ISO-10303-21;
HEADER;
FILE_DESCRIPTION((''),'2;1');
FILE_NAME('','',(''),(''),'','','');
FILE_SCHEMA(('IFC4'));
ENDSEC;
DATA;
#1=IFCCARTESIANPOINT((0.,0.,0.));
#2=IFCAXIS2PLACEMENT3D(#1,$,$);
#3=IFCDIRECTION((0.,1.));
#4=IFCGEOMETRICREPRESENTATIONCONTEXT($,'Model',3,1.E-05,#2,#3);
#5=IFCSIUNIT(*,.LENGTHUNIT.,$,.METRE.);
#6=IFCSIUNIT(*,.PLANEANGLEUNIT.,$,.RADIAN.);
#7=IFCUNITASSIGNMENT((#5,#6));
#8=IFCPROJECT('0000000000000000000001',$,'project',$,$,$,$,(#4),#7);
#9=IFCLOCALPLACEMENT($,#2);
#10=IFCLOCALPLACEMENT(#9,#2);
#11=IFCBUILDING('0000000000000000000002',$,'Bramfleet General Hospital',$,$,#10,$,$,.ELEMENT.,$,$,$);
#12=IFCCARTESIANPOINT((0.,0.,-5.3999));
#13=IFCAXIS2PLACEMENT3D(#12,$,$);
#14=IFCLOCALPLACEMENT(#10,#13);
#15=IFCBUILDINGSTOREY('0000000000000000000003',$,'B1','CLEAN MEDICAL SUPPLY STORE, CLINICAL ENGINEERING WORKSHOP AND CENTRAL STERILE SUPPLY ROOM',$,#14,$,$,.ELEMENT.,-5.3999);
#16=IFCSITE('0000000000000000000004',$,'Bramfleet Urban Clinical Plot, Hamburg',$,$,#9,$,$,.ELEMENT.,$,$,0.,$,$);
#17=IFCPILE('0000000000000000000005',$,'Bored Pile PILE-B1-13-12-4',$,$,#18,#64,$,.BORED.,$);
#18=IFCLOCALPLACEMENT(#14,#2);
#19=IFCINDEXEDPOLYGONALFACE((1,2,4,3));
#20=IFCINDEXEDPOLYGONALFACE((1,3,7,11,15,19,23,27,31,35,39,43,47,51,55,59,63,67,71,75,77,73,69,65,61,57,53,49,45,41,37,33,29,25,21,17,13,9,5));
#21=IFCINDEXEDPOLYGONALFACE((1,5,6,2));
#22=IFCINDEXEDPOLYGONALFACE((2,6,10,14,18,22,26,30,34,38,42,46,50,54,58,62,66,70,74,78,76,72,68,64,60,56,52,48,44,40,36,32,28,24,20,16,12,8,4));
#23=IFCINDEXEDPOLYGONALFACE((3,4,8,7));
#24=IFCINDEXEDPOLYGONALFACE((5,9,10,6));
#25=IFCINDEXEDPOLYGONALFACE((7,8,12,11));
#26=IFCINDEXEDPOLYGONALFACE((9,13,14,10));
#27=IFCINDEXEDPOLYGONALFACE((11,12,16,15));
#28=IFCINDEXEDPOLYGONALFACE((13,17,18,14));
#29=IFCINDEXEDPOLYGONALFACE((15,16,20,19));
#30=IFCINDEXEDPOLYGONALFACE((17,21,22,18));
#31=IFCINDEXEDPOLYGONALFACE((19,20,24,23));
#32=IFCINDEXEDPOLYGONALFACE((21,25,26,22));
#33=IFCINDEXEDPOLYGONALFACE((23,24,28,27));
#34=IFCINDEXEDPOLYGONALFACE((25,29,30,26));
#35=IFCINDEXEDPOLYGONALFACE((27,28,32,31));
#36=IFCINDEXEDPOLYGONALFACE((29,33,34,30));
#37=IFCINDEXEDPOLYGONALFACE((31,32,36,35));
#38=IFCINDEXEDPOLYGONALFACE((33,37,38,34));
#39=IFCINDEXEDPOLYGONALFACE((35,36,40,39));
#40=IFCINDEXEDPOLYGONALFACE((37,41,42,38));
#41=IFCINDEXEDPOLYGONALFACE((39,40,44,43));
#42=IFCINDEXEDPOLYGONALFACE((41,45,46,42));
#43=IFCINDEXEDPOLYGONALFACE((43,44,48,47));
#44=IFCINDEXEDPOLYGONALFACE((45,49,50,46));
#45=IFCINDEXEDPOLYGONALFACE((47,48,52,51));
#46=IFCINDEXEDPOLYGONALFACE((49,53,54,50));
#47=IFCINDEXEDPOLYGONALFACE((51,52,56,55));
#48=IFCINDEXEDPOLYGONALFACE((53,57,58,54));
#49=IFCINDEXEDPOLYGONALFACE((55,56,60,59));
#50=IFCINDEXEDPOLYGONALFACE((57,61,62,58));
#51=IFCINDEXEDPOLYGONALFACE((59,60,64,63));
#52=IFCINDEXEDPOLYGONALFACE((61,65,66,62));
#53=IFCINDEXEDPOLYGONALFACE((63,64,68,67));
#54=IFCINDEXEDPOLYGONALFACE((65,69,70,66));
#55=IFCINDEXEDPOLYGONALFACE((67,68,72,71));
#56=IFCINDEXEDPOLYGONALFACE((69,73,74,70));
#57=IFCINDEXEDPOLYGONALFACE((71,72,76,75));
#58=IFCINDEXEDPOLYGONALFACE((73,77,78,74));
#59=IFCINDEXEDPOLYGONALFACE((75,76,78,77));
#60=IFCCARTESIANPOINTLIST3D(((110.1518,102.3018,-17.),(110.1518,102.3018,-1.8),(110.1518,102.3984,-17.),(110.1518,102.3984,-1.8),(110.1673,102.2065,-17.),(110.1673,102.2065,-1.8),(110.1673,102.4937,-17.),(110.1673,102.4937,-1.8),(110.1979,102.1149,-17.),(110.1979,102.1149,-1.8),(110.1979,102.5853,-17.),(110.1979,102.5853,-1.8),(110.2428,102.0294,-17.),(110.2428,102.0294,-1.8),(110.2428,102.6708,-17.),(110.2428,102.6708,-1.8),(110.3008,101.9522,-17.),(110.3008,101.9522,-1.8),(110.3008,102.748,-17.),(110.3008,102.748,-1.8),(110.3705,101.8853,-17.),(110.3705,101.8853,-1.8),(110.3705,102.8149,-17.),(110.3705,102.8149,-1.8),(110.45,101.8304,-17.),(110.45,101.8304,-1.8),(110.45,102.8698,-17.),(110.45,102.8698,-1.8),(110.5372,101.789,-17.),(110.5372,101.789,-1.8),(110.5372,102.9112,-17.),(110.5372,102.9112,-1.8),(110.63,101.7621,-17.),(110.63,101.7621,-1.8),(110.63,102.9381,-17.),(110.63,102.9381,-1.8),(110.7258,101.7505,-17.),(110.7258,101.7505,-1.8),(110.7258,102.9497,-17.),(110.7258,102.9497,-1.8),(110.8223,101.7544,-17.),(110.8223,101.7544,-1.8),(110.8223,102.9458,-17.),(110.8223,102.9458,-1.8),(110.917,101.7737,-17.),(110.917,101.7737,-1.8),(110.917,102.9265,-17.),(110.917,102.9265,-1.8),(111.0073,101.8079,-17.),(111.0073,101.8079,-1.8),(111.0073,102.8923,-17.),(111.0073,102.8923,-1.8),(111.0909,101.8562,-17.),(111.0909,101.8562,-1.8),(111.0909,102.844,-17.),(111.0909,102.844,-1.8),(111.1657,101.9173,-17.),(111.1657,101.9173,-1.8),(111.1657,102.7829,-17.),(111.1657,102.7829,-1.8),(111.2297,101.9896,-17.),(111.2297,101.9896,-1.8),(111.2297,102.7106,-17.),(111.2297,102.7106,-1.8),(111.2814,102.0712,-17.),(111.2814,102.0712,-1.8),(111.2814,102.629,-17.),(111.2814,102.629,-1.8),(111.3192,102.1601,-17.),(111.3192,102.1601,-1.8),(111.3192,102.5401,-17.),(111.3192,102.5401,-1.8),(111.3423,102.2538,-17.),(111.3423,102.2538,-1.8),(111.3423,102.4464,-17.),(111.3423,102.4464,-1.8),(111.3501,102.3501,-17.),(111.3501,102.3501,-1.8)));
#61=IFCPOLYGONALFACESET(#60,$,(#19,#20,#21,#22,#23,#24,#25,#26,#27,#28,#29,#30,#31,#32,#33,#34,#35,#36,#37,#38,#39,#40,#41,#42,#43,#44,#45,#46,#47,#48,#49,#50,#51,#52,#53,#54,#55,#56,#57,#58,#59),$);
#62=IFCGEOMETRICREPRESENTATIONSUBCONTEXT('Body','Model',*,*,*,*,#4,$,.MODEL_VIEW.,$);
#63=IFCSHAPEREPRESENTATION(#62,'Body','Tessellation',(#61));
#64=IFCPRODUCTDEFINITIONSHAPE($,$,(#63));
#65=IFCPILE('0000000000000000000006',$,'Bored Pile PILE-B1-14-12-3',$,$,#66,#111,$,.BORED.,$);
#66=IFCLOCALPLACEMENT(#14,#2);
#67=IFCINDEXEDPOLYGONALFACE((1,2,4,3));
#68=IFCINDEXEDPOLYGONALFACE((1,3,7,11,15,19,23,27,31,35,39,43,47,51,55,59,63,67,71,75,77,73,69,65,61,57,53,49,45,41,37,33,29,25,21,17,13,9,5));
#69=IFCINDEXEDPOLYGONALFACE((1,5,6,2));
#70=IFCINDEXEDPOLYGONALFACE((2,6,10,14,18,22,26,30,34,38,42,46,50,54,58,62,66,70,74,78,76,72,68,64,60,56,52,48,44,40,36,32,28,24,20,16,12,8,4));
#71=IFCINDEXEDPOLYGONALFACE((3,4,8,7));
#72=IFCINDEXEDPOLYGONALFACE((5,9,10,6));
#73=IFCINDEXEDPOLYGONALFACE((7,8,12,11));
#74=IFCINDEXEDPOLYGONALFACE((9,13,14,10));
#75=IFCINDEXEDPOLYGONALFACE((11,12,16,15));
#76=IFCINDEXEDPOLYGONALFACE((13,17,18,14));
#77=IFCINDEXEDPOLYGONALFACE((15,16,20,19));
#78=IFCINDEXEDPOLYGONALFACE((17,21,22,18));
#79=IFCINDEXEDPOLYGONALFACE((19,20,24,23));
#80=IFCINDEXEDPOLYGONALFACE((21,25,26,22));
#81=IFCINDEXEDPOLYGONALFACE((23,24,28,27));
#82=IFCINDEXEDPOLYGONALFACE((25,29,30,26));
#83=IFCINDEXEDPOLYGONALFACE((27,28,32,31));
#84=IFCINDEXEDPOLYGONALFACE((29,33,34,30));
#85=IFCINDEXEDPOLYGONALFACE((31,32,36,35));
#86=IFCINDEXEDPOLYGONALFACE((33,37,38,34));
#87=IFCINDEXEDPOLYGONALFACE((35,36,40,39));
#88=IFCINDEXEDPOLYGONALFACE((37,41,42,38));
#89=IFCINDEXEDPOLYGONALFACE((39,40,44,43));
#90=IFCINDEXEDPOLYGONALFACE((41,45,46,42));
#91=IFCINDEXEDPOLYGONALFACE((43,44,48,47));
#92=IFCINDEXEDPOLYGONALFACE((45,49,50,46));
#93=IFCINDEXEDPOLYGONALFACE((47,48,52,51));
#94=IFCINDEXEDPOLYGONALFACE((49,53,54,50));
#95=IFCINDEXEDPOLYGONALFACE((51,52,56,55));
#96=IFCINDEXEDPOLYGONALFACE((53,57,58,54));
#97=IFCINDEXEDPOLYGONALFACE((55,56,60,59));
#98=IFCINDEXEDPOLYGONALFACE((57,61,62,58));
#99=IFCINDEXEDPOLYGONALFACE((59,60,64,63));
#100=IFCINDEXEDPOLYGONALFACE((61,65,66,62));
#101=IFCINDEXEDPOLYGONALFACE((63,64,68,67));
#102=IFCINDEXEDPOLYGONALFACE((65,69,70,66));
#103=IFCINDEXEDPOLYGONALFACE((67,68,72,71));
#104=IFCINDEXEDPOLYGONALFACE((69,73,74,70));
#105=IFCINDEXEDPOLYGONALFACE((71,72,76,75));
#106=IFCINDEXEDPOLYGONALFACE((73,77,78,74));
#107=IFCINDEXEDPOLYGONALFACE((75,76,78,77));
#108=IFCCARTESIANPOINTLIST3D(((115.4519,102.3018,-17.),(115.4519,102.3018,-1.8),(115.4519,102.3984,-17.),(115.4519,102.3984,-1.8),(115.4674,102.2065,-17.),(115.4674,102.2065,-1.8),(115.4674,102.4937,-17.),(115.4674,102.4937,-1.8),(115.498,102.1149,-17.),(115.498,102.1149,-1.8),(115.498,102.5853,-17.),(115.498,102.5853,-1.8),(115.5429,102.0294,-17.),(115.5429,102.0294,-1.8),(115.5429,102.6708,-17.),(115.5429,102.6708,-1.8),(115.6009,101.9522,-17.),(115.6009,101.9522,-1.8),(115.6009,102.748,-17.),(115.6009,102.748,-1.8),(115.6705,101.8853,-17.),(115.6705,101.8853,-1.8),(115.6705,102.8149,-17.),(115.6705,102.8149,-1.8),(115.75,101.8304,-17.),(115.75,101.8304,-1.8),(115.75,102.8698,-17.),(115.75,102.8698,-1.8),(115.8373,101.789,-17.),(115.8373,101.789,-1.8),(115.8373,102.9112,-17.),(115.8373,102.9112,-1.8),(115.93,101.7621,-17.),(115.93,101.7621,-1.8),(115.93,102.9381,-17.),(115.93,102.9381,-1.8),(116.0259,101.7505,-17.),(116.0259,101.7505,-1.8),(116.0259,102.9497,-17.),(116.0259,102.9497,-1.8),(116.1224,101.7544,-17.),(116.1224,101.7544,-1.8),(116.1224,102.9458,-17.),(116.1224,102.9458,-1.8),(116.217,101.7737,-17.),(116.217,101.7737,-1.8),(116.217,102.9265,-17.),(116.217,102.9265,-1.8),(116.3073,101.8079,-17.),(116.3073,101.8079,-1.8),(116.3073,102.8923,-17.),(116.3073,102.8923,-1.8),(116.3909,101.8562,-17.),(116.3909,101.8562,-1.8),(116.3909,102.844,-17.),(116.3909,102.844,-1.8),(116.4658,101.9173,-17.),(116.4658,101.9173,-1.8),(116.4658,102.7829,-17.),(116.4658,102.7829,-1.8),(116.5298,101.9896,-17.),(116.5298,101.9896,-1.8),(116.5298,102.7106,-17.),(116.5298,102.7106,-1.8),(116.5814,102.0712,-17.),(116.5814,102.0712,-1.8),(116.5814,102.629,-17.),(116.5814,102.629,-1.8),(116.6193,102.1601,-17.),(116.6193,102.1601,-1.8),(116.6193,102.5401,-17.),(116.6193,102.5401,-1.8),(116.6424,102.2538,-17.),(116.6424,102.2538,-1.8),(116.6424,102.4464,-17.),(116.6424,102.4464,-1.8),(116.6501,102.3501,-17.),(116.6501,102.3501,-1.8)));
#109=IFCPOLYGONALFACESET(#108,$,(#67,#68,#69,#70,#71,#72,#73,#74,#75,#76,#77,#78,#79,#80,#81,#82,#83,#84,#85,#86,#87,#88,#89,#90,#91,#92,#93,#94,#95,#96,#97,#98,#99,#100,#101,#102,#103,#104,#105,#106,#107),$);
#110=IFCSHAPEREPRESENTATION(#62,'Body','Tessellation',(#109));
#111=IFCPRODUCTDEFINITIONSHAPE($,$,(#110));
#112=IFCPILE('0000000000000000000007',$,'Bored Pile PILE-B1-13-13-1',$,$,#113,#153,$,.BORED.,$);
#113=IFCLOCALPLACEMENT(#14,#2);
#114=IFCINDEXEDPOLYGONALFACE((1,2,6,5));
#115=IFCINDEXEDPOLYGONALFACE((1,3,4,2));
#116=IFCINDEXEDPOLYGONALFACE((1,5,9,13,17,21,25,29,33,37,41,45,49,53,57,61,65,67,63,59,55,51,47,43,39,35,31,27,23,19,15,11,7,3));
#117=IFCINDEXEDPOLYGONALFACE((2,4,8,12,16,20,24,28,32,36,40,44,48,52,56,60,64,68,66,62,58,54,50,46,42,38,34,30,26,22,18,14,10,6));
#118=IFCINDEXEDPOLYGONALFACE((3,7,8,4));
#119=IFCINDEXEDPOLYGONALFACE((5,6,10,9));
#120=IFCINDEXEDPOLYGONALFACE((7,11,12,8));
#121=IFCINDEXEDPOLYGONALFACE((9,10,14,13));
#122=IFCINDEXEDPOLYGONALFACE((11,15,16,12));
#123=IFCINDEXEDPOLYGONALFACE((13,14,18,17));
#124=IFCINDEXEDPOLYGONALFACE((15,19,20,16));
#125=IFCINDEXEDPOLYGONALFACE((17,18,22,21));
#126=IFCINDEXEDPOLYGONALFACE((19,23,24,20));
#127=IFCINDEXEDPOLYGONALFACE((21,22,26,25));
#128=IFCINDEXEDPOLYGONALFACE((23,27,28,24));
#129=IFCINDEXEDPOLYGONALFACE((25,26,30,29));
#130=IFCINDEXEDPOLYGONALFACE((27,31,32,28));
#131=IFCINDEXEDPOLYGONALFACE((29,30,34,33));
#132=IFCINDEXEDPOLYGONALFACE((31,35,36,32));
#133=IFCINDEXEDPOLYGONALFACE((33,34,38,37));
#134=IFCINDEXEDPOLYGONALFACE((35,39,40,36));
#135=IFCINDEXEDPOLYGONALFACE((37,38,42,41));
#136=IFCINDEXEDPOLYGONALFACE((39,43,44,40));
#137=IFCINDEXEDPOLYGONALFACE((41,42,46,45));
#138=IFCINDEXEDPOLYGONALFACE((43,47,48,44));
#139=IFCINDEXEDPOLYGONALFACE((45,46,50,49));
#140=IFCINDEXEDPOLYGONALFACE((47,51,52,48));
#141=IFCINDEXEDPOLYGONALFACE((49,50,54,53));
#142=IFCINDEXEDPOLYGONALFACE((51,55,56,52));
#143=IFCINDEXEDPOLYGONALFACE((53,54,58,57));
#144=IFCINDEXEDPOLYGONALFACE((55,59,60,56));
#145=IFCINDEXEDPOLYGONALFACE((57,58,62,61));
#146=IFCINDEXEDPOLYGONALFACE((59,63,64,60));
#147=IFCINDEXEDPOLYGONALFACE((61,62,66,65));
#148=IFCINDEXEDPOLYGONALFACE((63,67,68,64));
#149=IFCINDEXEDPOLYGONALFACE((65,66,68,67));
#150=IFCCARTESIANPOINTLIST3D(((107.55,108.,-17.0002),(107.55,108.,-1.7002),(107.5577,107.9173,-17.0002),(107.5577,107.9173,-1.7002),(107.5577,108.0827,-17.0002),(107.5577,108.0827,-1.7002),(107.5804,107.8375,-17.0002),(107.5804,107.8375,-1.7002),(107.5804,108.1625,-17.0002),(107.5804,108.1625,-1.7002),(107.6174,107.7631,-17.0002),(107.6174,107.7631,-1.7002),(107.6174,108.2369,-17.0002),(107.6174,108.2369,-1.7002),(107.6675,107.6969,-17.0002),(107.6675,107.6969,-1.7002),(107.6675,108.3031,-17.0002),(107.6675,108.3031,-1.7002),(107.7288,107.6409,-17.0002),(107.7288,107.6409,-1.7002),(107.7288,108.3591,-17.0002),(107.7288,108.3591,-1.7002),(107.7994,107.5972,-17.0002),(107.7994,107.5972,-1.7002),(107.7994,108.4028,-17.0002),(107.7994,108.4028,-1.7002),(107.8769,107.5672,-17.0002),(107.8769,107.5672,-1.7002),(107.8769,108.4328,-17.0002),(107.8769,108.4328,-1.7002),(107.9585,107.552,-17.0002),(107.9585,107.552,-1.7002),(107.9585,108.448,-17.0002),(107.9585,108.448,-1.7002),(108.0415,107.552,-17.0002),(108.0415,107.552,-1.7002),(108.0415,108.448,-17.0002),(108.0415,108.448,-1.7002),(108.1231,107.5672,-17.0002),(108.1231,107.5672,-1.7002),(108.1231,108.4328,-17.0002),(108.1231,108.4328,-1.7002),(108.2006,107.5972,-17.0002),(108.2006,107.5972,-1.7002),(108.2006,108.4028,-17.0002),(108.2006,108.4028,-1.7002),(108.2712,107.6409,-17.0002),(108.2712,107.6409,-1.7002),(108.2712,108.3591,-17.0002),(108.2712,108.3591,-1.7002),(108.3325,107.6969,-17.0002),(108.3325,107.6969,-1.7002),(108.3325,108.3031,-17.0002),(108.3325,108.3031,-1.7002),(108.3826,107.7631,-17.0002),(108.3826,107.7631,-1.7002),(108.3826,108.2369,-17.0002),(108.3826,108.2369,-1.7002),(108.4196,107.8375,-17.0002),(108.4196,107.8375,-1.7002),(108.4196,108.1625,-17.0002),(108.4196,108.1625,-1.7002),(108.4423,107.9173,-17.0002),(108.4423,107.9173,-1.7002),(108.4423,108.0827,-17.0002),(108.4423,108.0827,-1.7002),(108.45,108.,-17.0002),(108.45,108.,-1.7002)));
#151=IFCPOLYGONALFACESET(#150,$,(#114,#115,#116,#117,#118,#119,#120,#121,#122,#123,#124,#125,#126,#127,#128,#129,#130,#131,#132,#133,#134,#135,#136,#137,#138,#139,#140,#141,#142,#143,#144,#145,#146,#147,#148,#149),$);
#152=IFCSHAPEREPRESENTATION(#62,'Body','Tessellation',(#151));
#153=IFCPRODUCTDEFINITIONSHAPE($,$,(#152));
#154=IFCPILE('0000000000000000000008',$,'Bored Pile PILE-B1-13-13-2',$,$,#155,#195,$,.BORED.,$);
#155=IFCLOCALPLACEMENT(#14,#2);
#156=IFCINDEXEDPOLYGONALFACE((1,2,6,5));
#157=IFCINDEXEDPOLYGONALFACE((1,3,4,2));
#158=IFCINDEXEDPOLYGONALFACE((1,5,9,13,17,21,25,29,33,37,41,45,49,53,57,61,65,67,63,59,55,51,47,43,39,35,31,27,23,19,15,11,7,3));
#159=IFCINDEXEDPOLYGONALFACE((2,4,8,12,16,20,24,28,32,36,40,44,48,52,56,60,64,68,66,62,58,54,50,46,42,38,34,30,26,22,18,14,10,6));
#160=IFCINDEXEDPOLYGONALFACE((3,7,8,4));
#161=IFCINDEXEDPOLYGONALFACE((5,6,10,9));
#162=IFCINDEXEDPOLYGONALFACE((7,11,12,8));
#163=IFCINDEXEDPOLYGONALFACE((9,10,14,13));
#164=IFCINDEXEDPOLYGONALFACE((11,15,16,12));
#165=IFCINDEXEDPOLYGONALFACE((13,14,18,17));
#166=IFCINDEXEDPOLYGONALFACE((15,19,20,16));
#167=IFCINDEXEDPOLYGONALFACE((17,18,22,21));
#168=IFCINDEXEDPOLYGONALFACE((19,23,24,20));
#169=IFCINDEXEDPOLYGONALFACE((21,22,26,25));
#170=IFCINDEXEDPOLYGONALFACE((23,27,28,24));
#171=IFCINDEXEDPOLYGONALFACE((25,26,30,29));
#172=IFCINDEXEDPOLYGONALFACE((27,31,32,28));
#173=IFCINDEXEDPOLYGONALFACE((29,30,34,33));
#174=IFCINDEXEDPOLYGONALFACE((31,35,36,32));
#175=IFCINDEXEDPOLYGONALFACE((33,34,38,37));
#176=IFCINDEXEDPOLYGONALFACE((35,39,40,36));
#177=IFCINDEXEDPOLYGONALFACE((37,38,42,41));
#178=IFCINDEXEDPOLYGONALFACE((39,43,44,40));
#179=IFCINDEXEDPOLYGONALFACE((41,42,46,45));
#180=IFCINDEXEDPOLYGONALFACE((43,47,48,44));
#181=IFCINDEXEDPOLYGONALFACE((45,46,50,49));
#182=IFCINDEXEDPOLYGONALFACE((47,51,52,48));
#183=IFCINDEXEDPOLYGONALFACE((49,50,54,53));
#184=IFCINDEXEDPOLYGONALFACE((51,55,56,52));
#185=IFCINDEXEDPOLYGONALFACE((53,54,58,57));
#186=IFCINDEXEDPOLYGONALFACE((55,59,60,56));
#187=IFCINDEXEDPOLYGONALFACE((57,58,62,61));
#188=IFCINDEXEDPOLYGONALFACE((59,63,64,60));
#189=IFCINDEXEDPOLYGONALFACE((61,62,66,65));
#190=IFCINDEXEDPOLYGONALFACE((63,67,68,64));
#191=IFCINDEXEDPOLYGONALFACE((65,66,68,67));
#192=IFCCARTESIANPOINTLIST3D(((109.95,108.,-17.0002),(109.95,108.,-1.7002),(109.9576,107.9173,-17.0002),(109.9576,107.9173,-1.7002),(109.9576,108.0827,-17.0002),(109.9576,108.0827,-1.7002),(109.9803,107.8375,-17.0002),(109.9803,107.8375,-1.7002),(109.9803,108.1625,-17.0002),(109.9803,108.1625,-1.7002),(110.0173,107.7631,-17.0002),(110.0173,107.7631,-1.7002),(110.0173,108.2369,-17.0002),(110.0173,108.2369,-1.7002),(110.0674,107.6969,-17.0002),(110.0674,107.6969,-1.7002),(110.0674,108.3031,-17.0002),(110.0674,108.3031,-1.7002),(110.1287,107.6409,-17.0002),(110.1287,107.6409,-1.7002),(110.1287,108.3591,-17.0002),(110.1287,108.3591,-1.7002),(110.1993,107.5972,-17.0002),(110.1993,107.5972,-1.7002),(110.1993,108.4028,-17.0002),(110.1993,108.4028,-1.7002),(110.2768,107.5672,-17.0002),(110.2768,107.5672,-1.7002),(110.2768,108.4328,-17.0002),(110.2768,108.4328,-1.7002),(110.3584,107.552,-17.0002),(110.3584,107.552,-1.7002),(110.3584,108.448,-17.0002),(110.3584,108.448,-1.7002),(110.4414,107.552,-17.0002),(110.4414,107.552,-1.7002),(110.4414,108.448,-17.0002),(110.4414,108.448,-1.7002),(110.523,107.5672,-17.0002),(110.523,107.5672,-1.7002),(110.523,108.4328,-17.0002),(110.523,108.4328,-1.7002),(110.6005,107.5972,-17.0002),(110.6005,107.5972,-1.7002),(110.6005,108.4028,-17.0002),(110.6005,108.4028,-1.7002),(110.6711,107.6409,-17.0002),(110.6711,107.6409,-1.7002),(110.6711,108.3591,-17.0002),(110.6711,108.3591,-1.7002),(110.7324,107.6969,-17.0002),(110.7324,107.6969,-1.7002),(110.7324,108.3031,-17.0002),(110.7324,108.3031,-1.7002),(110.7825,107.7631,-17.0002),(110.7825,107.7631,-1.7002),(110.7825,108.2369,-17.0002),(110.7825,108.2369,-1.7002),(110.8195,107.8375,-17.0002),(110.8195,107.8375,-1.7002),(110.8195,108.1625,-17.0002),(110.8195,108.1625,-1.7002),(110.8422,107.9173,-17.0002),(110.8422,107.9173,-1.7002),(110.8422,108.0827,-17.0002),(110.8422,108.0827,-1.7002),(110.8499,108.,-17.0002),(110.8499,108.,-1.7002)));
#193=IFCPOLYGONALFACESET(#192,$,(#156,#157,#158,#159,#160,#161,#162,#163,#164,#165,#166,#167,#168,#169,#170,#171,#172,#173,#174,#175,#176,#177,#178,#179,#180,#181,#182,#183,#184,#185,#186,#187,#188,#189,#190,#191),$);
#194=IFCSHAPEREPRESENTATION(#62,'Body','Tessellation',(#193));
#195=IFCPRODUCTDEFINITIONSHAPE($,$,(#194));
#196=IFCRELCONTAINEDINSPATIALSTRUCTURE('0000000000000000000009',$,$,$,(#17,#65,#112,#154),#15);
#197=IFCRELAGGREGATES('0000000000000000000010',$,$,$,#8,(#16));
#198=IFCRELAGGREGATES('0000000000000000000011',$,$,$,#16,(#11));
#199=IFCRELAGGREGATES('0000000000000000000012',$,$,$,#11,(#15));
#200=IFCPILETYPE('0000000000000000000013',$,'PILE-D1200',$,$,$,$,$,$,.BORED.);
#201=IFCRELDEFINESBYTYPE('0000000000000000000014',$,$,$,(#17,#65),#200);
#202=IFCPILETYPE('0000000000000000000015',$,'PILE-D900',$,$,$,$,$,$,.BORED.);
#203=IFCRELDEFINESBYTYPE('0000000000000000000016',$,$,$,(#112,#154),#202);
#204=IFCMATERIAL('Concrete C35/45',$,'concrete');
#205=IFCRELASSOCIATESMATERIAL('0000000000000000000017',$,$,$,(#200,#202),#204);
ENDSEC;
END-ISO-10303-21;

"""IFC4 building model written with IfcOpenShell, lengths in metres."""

from ifc_helpers import new_model, si_unit, direction, frame, origin, origin_2d, place, context, subcontext, project, spatial, circle, extrude, material, material_profile, profile_set, type_object, element, save


model = new_model("IFC4")

# Units and contexts
model_context = context("Model", 3, precision=1e-05, world=origin(), true_north=direction((0.0, 1.0)))
body_context = subcontext(model_context, "Body", "Model", "MODEL_VIEW")
ifc_project = project(units=[si_unit("LENGTHUNIT", "METRE"), si_unit("PLANEANGLEUNIT", "RADIAN")], contexts=[model_context])

# Site, building, storey
site_placement = place(None, origin())
site = spatial("IfcSite", under=ifc_project, at=site_placement, Name="Bramfleet Urban Clinical Plot, Hamburg", CompositionType="ELEMENT", RefElevation=0.0)
building_placement = place(site_placement, origin())
building = spatial("IfcBuilding", under=site, at=building_placement, Name="Bramfleet General Hospital", CompositionType="ELEMENT")
storey_placement = place(building_placement, frame((0.0, 0.0, -5.3999)))
storey = spatial("IfcBuildingStorey", under=building, at=storey_placement, Name="B1", Description="CLEAN MEDICAL SUPPLY STORE, CLINICAL ENGINEERING WORKSHOP AND CENTRAL STERILE SUPPLY ROOM", CompositionType="ELEMENT", Elevation=-5.3999)

# Shared definitions
ifc_material_1 = material(Name="Concrete C35/45", Category="concrete")

# Piles
ifc_material_profile_1 = material_profile(ifc_material_1, circle(Radius=0.6001, at=origin_2d()), Name="PILE BORED D1200")
ifc_profile_set_1 = profile_set([ifc_material_profile_1], Name="Concrete C35/45")
pile_type_1 = type_object("IfcPileType", Name="PILE-D1200", PredefinedType="BORED", material=ifc_profile_set_1)
for number, where, z_axis, x_axis, name in (
    (1, (110.75, 102.3501, -1.8), (0.0, 0.0, -1.0), (1.0, 0.0, 0.0), "Bored Pile PILE-B1-13-12-4"),
    (2, (116.05, 102.3501, -1.8), (0.0, 0.0, -1.0), (1.0, 0.0, 0.0), "Bored Pile PILE-B1-14-12-3"),
):
    element("IfcPile", number, at=place(storey_placement, frame(where, z_axis=z_axis, x_axis=x_axis)), inside=storey, type_object=pile_type_1, Name=name, PredefinedType="BORED", context=body_context, shape_type="SweptSolid", body=[
        extrude(circle(Radius=0.6001, at=origin_2d()), origin(), (0.0, 0.0, 1.0), 15.2),
    ])
ifc_material_profile_2 = material_profile(ifc_material_1, circle(Radius=0.45, at=origin_2d()), Name="PILE BORED D900")
ifc_profile_set_2 = profile_set([ifc_material_profile_2], Name="Concrete C35/45")
pile_type_2 = type_object("IfcPileType", Name="PILE-D900", PredefinedType="BORED", material=ifc_profile_set_2)
for number, where, z_axis, x_axis, name in (
    (3, (108.0, 108.0, -1.7002), (0.0, 0.0, -1.0), (1.0, 0.0, 0.0), "Bored Pile PILE-B1-13-13-1"),
    (4, (110.3999, 108.0, -1.7002), (0.0, 0.0, -1.0), (1.0, 0.0, 0.0), "Bored Pile PILE-B1-13-13-2"),
):
    element("IfcPile", number, at=place(storey_placement, frame(where, z_axis=z_axis, x_axis=x_axis)), inside=storey, type_object=pile_type_2, Name=name, PredefinedType="BORED", context=body_context, shape_type="SweptSolid", body=[
        extrude(circle(Radius=0.45, at=origin_2d()), origin(), (0.0, 0.0, 1.0), 15.3),
    ])

save(model, "model.ifc")
